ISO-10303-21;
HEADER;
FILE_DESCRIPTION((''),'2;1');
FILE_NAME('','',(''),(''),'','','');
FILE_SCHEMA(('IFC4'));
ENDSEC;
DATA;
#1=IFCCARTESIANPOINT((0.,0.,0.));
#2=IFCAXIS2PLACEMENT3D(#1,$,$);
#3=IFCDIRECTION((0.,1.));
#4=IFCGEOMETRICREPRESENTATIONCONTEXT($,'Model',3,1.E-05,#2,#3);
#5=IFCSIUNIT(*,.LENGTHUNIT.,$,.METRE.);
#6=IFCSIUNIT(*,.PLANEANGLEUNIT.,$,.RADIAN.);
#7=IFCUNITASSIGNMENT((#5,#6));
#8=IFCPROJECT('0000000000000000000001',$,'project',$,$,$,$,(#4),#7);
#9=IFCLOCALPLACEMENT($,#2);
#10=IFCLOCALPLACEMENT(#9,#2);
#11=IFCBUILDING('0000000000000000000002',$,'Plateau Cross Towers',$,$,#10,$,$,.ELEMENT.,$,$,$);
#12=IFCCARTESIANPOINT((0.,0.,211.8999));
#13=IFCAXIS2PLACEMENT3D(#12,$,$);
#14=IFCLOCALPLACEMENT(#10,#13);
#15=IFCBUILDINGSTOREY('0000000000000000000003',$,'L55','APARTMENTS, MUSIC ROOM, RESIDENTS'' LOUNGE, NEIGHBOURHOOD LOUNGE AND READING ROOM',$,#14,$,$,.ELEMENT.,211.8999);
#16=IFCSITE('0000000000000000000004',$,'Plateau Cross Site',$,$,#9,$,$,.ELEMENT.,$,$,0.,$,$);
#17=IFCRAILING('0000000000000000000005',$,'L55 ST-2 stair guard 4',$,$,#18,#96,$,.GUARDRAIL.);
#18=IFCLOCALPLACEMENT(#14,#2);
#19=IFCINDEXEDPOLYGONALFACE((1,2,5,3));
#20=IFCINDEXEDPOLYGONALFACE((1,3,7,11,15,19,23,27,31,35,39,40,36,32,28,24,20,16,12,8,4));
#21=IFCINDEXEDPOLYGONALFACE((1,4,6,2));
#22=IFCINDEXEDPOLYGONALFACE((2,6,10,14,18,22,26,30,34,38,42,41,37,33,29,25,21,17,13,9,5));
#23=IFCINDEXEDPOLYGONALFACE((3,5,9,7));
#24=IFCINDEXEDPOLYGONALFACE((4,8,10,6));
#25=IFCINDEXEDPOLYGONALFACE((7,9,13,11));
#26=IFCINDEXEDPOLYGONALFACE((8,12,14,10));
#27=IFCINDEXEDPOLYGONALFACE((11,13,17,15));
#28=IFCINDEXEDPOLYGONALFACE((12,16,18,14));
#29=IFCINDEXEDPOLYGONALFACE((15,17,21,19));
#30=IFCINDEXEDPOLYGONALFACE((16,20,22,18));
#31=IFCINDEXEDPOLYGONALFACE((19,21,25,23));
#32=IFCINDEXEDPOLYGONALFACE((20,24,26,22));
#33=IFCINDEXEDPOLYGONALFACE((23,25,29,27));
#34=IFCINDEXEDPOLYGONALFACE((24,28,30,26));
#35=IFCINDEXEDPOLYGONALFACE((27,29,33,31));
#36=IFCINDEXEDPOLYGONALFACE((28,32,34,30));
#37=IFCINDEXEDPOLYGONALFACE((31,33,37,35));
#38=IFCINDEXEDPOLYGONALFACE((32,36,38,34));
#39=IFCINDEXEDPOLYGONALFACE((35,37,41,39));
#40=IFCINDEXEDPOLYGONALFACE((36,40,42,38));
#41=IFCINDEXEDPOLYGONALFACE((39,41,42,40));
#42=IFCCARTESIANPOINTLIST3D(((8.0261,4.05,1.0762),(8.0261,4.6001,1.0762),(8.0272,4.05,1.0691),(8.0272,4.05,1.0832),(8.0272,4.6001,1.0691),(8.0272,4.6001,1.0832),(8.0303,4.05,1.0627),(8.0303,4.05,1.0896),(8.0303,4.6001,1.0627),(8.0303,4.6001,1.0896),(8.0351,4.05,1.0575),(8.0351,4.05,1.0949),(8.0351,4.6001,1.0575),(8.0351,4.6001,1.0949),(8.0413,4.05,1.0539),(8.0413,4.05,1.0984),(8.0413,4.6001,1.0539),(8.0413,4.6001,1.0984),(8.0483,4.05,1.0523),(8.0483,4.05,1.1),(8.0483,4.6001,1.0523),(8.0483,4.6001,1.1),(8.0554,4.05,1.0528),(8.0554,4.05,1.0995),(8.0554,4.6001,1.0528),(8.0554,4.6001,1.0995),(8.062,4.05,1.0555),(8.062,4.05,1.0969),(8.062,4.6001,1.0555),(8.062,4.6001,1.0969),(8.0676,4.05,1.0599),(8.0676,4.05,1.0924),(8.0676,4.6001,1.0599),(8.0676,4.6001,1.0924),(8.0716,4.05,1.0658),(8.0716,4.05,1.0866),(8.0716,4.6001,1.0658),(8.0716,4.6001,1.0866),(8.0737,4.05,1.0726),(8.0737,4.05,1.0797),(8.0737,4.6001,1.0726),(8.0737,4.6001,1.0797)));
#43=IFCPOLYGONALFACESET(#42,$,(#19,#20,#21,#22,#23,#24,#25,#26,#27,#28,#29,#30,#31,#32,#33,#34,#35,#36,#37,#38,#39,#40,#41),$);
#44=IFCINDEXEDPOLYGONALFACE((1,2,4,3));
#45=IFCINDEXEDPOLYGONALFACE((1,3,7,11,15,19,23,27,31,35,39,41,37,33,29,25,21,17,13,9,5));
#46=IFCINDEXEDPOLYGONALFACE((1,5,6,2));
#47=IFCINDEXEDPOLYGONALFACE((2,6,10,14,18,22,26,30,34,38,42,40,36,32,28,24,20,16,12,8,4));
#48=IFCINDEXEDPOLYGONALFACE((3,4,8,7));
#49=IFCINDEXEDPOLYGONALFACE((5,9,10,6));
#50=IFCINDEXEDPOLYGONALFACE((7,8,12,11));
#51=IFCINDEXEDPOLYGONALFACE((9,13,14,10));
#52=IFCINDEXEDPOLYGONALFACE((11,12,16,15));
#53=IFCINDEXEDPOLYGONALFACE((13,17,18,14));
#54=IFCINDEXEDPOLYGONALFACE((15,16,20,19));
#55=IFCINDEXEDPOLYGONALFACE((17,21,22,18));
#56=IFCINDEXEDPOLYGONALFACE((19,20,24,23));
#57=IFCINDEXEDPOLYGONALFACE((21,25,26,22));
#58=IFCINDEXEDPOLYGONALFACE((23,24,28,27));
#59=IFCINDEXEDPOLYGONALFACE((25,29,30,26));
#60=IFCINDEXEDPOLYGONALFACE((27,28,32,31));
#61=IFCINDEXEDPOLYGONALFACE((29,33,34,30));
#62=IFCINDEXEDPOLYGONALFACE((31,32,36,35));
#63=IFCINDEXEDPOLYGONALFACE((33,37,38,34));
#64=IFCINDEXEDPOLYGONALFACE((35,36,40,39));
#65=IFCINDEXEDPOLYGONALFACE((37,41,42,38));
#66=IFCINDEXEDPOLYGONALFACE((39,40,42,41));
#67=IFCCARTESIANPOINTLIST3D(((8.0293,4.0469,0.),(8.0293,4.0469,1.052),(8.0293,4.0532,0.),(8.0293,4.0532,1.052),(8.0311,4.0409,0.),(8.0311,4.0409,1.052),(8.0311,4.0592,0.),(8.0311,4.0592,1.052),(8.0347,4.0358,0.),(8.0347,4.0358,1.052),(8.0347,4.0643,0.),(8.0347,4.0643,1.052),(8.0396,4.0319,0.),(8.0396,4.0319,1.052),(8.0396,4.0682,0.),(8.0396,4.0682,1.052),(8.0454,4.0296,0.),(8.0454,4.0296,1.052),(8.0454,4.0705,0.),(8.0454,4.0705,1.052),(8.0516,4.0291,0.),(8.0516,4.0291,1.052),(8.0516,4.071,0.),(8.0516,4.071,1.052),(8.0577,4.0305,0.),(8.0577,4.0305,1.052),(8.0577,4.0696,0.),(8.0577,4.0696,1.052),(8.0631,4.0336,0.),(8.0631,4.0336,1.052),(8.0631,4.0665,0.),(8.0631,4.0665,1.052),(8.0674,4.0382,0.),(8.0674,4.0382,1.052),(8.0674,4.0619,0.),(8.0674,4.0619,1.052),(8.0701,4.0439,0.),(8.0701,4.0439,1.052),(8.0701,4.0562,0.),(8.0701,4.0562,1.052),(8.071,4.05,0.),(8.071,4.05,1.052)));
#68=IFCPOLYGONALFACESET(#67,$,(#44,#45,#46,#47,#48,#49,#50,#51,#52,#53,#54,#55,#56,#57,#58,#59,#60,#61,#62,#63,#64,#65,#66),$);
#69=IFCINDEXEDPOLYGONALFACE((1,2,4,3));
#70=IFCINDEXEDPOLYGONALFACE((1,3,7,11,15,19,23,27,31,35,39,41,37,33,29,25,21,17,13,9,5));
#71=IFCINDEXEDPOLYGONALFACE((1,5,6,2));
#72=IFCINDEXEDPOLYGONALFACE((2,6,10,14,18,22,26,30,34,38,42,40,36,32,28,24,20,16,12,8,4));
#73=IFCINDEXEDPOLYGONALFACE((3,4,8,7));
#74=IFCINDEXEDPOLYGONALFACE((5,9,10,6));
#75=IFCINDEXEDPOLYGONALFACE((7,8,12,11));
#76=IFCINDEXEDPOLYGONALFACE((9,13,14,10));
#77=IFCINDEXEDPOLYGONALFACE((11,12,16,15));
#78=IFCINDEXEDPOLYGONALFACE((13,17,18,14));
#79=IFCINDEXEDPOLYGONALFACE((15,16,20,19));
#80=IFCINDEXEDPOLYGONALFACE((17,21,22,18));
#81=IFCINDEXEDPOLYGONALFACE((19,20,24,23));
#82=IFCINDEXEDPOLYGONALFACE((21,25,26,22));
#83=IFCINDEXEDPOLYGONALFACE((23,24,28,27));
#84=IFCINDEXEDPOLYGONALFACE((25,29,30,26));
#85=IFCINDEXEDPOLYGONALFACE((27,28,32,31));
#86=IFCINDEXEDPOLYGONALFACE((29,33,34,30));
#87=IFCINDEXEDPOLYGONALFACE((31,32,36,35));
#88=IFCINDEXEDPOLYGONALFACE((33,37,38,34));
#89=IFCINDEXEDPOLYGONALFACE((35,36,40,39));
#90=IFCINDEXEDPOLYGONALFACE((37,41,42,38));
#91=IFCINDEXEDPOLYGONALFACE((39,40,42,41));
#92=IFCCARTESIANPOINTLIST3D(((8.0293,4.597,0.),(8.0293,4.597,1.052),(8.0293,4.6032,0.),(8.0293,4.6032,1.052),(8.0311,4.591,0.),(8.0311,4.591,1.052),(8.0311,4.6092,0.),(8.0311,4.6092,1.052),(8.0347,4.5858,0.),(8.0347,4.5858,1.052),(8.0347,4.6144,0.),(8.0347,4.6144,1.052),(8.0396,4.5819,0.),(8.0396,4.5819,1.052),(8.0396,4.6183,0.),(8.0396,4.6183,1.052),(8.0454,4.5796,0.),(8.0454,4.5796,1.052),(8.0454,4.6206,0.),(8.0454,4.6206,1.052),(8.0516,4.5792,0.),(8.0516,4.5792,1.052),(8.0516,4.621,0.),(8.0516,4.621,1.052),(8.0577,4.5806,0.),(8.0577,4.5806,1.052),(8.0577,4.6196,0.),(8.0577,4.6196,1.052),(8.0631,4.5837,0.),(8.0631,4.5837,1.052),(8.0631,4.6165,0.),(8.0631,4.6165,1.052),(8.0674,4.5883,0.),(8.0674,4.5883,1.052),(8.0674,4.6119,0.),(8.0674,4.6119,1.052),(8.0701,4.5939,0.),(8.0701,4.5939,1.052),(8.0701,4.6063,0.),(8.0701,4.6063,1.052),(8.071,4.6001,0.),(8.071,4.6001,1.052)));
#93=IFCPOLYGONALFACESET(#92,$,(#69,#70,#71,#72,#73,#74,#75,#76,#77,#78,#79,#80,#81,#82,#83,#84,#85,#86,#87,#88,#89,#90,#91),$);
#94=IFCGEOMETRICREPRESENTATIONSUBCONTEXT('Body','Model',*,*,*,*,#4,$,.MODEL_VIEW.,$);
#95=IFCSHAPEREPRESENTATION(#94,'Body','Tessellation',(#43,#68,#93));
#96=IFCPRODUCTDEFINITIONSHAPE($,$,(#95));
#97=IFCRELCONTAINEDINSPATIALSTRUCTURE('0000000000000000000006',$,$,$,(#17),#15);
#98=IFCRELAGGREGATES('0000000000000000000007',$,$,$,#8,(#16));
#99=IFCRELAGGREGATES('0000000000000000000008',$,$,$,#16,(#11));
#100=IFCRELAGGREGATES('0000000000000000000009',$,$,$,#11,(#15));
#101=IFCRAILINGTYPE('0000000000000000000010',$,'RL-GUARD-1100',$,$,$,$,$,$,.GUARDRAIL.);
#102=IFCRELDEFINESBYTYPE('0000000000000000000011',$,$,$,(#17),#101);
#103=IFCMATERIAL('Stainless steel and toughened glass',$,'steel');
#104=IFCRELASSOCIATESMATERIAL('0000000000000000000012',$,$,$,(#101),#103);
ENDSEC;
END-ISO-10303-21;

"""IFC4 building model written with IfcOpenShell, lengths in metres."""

from ifc_helpers import new_model, si_unit, direction, frame, origin, origin_2d, place, context, subcontext, project, spatial, circle, extrude, material, type_object, element, save


model = new_model("IFC4")

# Units and contexts
model_context = context("Model", 3, precision=1e-05, world=origin(), true_north=direction((0.0, 1.0)))
body_context = subcontext(model_context, "Body", "Model", "MODEL_VIEW")
ifc_project = project(units=[si_unit("LENGTHUNIT", "METRE"), si_unit("PLANEANGLEUNIT", "RADIAN")], contexts=[model_context])

# Site, building, storey
site_placement = place(None, origin())
site = spatial("IfcSite", under=ifc_project, at=site_placement, Name="Plateau Cross Site", CompositionType="ELEMENT", RefElevation=0.0)
building_placement = place(site_placement, origin())
building = spatial("IfcBuilding", under=site, at=building_placement, Name="Plateau Cross Towers", CompositionType="ELEMENT")
storey_placement = place(building_placement, frame((0.0, 0.0, 211.8999)))
storey = spatial("IfcBuildingStorey", under=building, at=storey_placement, Name="L55", Description="APARTMENTS, MUSIC ROOM, RESIDENTS' LOUNGE, NEIGHBOURHOOD LOUNGE AND READING ROOM", CompositionType="ELEMENT", Elevation=211.8999)

# Railing
ifc_material_1 = material(Name="Stainless steel and toughened glass", Category="steel")
railing_type_1 = type_object("IfcRailingType", Name="RL-GUARD-1100", PredefinedType="GUARDRAIL", material=ifc_material_1)
for number, where, name in (
    (1, (8.05, 4.05, 0.0), "L55 ST-2 stair guard 4"),
):
    element("IfcRailing", number, at=place(storey_placement, frame(where)), inside=storey, type_object=railing_type_1, Name=name, PredefinedType="GUARDRAIL", context=body_context, shape_type="SweptSolid", body=[
        extrude(circle(Radius=0.0239, at=origin_2d()), frame((0.0, 0.0, 1.0762), z_axis=(0.0, 1.0, 0.0), x_axis=(-1.0, 0.0, 0.0)), (0.0, 0.0, 1.0), 0.55),
        extrude(circle(Radius=0.021, at=origin_2d()), origin(), (0.0, 0.0, 1.0), 1.052),
        extrude(circle(Radius=0.021, at=origin_2d()), frame((0.0, 0.55, 0.0)), (0.0, 0.0, 1.0), 1.052),
    ])

save(model, "model.ifc")
